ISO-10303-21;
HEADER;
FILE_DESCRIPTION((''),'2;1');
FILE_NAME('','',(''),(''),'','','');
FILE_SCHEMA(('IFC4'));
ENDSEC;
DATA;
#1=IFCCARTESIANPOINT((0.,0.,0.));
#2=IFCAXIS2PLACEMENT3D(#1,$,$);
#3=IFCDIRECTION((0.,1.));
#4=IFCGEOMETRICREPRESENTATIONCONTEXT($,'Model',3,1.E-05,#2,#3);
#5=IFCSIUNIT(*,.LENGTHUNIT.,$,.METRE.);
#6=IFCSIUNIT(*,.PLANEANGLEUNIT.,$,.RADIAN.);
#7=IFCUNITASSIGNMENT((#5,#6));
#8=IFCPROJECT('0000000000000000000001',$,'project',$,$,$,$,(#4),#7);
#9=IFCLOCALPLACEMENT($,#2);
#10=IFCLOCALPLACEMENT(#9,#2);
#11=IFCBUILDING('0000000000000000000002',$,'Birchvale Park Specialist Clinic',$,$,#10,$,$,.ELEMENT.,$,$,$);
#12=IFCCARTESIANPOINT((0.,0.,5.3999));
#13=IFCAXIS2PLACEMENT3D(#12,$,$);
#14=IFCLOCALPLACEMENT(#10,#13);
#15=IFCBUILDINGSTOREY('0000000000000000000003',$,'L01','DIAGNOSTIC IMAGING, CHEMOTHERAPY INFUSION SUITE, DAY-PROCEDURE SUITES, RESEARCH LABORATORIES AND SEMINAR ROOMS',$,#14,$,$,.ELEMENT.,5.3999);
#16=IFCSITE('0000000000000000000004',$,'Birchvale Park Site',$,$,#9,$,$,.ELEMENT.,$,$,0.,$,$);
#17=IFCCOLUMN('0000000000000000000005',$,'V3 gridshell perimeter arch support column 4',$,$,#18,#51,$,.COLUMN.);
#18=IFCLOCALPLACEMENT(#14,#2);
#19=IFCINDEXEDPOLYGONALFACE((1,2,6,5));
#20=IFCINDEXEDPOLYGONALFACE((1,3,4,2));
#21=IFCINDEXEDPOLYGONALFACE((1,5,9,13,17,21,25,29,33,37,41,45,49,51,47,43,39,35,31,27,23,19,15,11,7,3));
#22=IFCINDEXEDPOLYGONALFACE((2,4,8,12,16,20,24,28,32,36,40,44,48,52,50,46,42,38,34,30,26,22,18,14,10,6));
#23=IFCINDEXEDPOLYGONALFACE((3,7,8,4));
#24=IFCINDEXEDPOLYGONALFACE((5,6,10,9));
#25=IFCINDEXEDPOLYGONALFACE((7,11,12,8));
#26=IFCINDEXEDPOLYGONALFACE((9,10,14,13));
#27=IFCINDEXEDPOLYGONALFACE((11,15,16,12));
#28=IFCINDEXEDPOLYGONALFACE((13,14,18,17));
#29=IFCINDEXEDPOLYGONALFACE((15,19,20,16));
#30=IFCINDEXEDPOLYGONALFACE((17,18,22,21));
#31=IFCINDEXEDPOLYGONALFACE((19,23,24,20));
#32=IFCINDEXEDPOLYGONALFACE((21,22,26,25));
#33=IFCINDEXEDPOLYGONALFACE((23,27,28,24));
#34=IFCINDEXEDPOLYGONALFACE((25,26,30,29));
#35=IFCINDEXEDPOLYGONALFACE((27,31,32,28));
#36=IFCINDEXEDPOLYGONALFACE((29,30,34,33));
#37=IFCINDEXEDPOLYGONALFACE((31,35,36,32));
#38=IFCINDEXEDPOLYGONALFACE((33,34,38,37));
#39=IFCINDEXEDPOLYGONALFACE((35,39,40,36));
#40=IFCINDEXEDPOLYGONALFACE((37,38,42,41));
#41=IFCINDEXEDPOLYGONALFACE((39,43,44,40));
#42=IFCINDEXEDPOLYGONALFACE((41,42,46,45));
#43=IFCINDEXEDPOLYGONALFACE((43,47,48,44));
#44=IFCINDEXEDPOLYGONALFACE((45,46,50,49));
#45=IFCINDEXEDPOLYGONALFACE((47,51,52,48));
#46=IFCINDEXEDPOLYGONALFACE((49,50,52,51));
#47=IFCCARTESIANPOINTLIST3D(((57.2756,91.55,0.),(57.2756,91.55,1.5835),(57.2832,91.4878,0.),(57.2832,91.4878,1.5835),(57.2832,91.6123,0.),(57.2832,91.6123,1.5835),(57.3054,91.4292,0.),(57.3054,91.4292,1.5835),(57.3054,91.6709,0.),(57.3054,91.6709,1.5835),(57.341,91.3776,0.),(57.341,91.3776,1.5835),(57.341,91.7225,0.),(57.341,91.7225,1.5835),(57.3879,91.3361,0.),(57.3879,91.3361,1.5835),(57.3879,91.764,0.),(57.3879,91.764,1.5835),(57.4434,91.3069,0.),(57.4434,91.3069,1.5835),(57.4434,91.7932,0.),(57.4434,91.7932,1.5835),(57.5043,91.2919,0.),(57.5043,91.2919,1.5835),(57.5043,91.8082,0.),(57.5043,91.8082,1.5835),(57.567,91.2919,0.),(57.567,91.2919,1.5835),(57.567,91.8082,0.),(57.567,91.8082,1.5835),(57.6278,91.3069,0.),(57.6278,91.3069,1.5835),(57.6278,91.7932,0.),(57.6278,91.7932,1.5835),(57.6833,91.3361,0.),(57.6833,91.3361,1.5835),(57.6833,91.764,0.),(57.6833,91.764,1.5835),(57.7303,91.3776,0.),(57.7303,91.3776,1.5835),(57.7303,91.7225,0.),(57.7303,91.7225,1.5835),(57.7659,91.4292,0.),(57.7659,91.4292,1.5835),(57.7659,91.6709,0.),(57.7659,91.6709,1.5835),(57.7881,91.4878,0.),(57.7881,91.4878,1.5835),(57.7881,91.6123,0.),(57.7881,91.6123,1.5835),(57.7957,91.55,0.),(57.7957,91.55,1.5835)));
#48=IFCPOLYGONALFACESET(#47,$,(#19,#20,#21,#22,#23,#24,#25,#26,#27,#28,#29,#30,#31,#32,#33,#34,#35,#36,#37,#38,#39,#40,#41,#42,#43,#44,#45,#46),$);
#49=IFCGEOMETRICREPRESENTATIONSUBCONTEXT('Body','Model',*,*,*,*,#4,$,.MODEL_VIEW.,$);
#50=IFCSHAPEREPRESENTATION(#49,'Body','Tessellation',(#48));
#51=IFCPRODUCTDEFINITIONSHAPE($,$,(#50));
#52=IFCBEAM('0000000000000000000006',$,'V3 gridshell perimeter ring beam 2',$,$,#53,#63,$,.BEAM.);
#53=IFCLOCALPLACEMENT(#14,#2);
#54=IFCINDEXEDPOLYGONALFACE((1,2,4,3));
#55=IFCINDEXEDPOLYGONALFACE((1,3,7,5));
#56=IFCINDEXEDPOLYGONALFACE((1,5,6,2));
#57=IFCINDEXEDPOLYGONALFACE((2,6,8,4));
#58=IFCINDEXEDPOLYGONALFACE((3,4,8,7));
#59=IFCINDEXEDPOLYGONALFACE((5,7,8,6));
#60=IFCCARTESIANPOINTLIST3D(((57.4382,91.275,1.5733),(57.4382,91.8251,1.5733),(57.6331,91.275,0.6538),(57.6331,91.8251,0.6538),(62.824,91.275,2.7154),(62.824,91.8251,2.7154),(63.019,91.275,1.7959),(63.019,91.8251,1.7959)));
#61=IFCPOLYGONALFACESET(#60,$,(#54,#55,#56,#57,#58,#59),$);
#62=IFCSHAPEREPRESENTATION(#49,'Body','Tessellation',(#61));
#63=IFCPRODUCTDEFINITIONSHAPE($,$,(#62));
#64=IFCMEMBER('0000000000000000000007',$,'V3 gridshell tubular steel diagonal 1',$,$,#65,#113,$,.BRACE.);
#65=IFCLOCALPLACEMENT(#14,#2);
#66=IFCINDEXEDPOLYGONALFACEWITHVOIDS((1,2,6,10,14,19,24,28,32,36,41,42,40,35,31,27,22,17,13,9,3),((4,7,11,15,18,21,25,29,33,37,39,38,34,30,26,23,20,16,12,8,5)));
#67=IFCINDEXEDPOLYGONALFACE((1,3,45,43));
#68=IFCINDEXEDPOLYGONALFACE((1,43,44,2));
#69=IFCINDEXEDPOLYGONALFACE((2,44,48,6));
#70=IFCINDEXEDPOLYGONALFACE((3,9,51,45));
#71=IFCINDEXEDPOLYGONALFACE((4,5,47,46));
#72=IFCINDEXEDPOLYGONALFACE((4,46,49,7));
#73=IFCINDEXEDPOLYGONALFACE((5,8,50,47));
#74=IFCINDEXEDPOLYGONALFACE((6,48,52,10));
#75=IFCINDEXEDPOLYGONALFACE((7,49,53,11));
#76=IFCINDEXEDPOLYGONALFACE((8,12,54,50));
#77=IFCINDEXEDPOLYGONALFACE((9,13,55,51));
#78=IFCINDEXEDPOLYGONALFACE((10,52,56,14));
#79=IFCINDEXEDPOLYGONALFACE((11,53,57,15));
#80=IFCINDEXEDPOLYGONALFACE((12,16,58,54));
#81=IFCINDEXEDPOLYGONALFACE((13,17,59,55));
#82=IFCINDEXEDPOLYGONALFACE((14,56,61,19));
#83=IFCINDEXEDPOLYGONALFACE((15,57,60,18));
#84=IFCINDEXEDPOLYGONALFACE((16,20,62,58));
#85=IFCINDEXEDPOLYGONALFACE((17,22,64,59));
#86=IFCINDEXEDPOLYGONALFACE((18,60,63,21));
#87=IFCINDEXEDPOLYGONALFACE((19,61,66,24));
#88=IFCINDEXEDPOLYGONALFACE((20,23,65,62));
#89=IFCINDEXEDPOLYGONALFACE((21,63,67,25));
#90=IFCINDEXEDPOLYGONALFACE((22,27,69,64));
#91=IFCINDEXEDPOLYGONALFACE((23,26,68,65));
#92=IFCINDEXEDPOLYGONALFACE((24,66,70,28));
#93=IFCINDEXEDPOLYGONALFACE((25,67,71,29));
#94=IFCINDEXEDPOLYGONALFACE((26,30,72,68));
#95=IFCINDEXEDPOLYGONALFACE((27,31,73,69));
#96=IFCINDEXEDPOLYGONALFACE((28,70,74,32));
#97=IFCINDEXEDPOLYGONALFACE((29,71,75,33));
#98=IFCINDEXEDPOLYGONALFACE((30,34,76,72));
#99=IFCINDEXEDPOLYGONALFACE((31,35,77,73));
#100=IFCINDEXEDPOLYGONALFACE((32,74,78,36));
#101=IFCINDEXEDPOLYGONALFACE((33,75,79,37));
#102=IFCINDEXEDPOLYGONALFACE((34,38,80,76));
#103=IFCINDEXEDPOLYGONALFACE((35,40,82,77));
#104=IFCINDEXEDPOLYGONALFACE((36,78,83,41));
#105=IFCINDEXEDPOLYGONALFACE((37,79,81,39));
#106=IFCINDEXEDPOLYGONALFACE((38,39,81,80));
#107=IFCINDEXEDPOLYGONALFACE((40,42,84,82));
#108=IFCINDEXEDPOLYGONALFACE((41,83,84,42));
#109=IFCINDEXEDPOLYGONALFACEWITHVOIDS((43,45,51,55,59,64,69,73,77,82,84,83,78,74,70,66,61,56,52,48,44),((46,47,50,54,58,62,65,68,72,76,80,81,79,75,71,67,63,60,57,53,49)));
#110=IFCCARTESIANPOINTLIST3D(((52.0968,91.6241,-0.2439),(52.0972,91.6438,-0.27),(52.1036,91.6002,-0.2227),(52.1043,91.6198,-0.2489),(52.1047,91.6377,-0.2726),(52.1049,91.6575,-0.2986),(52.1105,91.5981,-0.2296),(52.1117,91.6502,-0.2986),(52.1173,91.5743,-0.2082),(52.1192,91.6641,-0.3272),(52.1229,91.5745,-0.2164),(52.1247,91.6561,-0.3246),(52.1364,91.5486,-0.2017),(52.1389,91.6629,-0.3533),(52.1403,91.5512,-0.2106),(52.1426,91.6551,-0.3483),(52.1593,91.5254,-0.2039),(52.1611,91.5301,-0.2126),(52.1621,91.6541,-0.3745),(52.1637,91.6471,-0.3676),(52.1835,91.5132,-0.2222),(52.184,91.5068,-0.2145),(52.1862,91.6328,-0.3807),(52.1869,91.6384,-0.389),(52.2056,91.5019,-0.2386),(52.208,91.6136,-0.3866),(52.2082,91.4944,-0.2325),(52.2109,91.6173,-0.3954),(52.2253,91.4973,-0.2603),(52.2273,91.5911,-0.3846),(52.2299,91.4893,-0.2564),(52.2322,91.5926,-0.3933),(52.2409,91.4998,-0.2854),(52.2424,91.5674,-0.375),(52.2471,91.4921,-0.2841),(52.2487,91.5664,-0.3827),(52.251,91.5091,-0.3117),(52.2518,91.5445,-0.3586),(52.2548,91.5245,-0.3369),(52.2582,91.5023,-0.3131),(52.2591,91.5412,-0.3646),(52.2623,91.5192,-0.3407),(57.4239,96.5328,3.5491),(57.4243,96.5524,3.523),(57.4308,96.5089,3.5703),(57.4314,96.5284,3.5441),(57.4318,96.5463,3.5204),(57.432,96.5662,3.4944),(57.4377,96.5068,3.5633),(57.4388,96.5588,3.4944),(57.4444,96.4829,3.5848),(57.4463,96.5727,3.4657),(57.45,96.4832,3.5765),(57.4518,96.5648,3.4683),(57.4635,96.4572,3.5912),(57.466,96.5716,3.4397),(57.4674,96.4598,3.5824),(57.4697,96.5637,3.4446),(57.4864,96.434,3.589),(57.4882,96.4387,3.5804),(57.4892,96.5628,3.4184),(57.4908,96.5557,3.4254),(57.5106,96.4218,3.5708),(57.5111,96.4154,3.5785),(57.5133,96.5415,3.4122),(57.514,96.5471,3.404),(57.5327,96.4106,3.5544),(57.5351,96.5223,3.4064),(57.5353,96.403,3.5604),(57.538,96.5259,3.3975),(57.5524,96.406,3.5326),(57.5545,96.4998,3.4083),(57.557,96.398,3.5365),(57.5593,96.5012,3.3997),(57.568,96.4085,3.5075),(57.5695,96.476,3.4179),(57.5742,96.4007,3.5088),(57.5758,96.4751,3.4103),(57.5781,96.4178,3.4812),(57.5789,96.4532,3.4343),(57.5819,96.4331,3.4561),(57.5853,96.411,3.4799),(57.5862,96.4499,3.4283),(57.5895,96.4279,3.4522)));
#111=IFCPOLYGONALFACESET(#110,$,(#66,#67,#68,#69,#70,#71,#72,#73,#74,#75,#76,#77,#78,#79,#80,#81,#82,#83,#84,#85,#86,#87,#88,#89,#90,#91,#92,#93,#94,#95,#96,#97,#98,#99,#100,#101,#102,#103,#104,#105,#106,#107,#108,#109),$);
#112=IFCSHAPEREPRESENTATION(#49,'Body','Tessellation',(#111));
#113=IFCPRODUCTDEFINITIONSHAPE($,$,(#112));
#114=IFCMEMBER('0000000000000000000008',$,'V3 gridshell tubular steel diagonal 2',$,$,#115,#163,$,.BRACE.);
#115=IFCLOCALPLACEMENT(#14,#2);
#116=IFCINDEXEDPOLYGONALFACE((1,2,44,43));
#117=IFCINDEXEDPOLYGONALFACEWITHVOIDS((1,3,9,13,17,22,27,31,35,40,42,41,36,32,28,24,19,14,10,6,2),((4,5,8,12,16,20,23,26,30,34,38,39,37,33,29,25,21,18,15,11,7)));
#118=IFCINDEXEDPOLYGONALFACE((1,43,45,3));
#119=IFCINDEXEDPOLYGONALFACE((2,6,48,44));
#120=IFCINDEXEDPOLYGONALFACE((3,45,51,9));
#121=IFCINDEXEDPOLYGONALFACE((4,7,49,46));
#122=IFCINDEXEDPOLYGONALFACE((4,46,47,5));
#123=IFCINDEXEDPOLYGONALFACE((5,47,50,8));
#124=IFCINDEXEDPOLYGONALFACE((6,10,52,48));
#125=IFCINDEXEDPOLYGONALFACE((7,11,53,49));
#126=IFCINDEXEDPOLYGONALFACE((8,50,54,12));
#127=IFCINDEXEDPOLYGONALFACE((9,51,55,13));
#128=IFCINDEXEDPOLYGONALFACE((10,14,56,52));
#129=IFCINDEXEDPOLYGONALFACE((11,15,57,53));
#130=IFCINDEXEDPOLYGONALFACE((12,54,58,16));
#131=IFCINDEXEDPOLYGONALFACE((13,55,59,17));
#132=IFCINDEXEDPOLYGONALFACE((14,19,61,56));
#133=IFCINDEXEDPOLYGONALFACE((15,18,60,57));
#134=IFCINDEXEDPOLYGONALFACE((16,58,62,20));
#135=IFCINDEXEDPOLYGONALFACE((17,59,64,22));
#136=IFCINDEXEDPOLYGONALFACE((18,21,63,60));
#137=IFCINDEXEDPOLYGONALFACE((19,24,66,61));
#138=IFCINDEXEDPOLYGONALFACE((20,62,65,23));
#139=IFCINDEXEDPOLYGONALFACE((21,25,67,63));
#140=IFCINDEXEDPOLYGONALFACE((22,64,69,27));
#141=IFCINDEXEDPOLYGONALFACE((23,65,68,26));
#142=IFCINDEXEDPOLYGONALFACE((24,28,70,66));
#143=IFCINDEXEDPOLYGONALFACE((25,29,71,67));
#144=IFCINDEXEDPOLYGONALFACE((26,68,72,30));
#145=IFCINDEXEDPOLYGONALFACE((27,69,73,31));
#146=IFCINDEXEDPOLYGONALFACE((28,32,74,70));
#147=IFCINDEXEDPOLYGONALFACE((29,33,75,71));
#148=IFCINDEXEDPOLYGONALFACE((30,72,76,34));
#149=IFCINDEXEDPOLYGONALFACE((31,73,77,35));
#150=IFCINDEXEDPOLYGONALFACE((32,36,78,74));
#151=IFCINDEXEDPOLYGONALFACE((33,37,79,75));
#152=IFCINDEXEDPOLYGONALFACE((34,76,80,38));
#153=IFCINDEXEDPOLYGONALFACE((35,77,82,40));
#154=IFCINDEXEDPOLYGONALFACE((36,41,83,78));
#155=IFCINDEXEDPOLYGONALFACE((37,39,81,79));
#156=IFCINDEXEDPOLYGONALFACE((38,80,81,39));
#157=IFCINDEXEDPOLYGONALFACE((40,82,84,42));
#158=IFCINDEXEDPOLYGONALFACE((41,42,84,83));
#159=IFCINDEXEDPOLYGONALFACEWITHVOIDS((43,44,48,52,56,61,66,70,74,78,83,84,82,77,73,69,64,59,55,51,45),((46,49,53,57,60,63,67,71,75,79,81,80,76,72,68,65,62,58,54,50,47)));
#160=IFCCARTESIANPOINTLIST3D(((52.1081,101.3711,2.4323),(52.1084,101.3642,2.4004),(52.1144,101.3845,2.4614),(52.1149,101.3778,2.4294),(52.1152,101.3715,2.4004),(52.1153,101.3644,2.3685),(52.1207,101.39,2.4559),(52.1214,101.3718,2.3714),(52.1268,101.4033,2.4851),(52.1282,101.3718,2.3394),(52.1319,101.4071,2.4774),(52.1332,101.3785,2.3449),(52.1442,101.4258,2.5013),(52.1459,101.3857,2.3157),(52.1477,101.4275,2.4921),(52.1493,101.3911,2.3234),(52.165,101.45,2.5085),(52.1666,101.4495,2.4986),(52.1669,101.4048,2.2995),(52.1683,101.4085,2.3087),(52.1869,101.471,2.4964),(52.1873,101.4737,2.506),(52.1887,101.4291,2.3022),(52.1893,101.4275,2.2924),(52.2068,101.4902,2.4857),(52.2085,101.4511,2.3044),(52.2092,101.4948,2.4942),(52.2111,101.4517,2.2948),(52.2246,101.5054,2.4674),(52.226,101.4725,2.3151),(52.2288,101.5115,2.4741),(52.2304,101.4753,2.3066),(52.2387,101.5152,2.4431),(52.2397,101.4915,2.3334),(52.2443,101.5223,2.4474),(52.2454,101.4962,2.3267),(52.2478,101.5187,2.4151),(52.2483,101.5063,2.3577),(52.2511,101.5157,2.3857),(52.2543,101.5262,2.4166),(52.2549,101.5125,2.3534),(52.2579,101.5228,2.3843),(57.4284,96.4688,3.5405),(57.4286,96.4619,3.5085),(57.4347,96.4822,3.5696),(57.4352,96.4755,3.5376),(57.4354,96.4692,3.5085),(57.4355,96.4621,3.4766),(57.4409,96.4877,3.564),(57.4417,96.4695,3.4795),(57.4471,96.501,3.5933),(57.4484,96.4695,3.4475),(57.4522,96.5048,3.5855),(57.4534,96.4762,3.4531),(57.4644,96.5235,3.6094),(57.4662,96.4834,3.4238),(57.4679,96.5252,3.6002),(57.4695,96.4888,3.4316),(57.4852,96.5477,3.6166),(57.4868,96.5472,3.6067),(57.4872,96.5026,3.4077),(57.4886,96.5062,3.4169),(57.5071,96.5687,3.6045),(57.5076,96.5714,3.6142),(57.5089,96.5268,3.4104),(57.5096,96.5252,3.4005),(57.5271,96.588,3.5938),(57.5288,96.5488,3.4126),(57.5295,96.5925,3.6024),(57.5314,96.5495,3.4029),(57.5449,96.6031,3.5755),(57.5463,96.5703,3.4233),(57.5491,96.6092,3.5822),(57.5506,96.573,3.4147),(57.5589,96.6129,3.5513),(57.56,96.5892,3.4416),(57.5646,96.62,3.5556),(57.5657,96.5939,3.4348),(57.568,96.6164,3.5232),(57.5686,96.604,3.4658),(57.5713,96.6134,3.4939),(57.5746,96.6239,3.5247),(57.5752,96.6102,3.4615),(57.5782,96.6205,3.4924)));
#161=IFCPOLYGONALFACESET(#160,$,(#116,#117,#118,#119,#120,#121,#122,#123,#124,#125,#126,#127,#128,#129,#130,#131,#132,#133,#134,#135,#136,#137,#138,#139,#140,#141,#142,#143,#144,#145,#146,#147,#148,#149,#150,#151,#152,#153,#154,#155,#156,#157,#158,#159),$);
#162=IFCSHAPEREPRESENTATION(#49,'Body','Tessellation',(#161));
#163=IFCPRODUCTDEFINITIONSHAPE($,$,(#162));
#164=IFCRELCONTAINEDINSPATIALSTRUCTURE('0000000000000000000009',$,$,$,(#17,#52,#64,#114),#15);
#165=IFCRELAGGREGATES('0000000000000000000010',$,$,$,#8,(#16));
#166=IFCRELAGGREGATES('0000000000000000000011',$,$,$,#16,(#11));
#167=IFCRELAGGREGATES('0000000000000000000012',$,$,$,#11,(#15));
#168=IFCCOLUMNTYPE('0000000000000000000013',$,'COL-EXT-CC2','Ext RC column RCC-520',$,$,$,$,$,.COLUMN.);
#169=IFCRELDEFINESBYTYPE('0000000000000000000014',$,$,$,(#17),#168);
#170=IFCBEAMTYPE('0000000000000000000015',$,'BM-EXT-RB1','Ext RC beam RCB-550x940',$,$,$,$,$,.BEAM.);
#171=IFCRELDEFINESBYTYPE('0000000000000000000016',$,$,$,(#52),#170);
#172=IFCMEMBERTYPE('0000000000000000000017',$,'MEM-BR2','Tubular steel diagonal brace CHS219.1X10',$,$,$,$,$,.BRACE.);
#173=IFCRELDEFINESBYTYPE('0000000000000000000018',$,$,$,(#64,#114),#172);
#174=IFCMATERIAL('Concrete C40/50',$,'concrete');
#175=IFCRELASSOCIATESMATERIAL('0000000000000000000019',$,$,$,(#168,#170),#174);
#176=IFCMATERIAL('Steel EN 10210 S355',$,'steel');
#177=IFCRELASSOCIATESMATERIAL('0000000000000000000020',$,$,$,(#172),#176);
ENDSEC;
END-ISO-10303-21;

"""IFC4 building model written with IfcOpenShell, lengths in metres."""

from ifc_helpers import new_model, si_unit, direction, frame, origin, origin_2d, place, context, subcontext, project, spatial, rectangle, circle, hollow_circle, extrude, material, material_profile, profile_set, type_object, element, save


model = new_model("IFC4")

# Units and contexts
model_context = context("Model", 3, precision=1e-05, world=origin(), true_north=direction((0.0, 1.0)))
body_context = subcontext(model_context, "Body", "Model", "MODEL_VIEW")
ifc_project = project(units=[si_unit("LENGTHUNIT", "METRE"), si_unit("PLANEANGLEUNIT", "RADIAN")], contexts=[model_context])

# Site, building, storey
site_placement = place(None, origin())
site = spatial("IfcSite", under=ifc_project, at=site_placement, Name="Birchvale Park Site", CompositionType="ELEMENT", RefElevation=0.0)
building_placement = place(site_placement, origin())
building = spatial("IfcBuilding", under=site, at=building_placement, Name="Birchvale Park Specialist Clinic", CompositionType="ELEMENT")
storey_placement = place(building_placement, frame((0.0, 0.0, 5.3999)))
storey = spatial("IfcBuildingStorey", under=building, at=storey_placement, Name="L01", Description="DIAGNOSTIC IMAGING, CHEMOTHERAPY INFUSION SUITE, DAY-PROCEDURE SUITES, RESEARCH LABORATORIES AND SEMINAR ROOMS", CompositionType="ELEMENT", Elevation=5.3999)

# Column
ifc_material_1 = material(Name="Concrete C40/50", Category="concrete")
ifc_material_profile_1 = material_profile(ifc_material_1, circle(Radius=0.26, at=origin_2d()), Name="RCC-520")
ifc_profile_set_1 = profile_set([ifc_material_profile_1], Name="Concrete C40/50")
column_type = type_object("IfcColumnType", Name="COL-EXT-CC2", Description="Ext RC column RCC-520", PredefinedType="COLUMN", material=ifc_profile_set_1)
column_placement = place(storey_placement, frame((57.5356, 91.55, 0.0), z_axis=(0.0, 0.0, 1.0), x_axis=(1.0, 0.0, 0.0)))
element("IfcColumn", 1, at=column_placement, inside=storey, type_object=column_type, Name="V3 gridshell perimeter arch support column 4", PredefinedType="COLUMN", context=body_context, shape_type="SweptSolid", body=[
    extrude(circle(Radius=0.26, at=origin_2d()), origin(), (0.0, 0.0, 1.0), 1.5835),
])

# Beam
ifc_material_profile_2 = material_profile(ifc_material_1, rectangle(XDim=0.55, YDim=0.9399, at=origin_2d()), Name="RCB-550x940")
ifc_profile_set_2 = profile_set([ifc_material_profile_2], Name="Concrete C40/50")
beam_type = type_object("IfcBeamType", Name="BM-EXT-RB1", Description="Ext RC beam RCB-550x940", PredefinedType="BEAM", material=ifc_profile_set_2)
beam_placement = place(storey_placement, frame((57.5356, 91.55, 1.1135), z_axis=(0.978247, 0.0, 0.207445), x_axis=(0.0, 1.0, 0.0)))
element("IfcBeam", 2, at=beam_placement, inside=storey, type_object=beam_type, Name="V3 gridshell perimeter ring beam 2", PredefinedType="BEAM", context=body_context, shape_type="SweptSolid", body=[
    extrude(rectangle(XDim=0.55, YDim=0.9399, at=origin_2d()), origin(), (0.0, 0.0, 1.0), 5.5056),
])

# Members
ifc_material_2 = material(Name="Steel EN 10210 S355", Category="steel")
ifc_material_profile_3 = material_profile(ifc_material_2, hollow_circle(Radius=0.1096, WallThickness=0.01, at=origin_2d()), Name="CHS219.1X10")
ifc_profile_set_3 = profile_set([ifc_material_profile_3], Name="Steel EN 10210 S355")
member_type_1 = type_object("IfcMemberType", Name="MEM-BR2", Description="Tubular steel diagonal brace CHS219.1X10", PredefinedType="BRACE", material=ifc_profile_set_3)
member_1_placement = place(storey_placement, frame((52.1792, 91.5769, -0.2986), z_axis=(0.651494, 0.600318, 0.463868), x_axis=(-0.677633, 0.7354, 0.0)))
element("IfcMember", 3, at=member_1_placement, inside=storey, type_object=member_type_1, Name="V3 gridshell tubular steel diagonal 1", PredefinedType="BRACE", context=body_context, shape_type="SweptSolid", body=[
    extrude(hollow_circle(Radius=0.1096, WallThickness=0.01, at=origin_2d()), origin(), (0.0, 0.0, 1.0), 8.1768),
])
for number, where, z_axis, x_axis, name in (
    (4, (57.5029, 96.5425, 3.5085), (-0.726925, 0.669817, -0.151409), (-0.677629, -0.735403, 0.0), "V3 gridshell tubular steel diagonal 2"),
):
    element("IfcMember", number, at=place(storey_placement, frame(where, z_axis=z_axis, x_axis=x_axis)), inside=storey, type_object=member_type_1, Name=name, PredefinedType="BRACE", context=body_context, shape_type="SweptSolid", body=[
        extrude(hollow_circle(Radius=0.1096, WallThickness=0.01, at=origin_2d()), origin(), (0.0, 0.0, 1.0), 7.3188),
    ])

save(model, "model.ifc")
